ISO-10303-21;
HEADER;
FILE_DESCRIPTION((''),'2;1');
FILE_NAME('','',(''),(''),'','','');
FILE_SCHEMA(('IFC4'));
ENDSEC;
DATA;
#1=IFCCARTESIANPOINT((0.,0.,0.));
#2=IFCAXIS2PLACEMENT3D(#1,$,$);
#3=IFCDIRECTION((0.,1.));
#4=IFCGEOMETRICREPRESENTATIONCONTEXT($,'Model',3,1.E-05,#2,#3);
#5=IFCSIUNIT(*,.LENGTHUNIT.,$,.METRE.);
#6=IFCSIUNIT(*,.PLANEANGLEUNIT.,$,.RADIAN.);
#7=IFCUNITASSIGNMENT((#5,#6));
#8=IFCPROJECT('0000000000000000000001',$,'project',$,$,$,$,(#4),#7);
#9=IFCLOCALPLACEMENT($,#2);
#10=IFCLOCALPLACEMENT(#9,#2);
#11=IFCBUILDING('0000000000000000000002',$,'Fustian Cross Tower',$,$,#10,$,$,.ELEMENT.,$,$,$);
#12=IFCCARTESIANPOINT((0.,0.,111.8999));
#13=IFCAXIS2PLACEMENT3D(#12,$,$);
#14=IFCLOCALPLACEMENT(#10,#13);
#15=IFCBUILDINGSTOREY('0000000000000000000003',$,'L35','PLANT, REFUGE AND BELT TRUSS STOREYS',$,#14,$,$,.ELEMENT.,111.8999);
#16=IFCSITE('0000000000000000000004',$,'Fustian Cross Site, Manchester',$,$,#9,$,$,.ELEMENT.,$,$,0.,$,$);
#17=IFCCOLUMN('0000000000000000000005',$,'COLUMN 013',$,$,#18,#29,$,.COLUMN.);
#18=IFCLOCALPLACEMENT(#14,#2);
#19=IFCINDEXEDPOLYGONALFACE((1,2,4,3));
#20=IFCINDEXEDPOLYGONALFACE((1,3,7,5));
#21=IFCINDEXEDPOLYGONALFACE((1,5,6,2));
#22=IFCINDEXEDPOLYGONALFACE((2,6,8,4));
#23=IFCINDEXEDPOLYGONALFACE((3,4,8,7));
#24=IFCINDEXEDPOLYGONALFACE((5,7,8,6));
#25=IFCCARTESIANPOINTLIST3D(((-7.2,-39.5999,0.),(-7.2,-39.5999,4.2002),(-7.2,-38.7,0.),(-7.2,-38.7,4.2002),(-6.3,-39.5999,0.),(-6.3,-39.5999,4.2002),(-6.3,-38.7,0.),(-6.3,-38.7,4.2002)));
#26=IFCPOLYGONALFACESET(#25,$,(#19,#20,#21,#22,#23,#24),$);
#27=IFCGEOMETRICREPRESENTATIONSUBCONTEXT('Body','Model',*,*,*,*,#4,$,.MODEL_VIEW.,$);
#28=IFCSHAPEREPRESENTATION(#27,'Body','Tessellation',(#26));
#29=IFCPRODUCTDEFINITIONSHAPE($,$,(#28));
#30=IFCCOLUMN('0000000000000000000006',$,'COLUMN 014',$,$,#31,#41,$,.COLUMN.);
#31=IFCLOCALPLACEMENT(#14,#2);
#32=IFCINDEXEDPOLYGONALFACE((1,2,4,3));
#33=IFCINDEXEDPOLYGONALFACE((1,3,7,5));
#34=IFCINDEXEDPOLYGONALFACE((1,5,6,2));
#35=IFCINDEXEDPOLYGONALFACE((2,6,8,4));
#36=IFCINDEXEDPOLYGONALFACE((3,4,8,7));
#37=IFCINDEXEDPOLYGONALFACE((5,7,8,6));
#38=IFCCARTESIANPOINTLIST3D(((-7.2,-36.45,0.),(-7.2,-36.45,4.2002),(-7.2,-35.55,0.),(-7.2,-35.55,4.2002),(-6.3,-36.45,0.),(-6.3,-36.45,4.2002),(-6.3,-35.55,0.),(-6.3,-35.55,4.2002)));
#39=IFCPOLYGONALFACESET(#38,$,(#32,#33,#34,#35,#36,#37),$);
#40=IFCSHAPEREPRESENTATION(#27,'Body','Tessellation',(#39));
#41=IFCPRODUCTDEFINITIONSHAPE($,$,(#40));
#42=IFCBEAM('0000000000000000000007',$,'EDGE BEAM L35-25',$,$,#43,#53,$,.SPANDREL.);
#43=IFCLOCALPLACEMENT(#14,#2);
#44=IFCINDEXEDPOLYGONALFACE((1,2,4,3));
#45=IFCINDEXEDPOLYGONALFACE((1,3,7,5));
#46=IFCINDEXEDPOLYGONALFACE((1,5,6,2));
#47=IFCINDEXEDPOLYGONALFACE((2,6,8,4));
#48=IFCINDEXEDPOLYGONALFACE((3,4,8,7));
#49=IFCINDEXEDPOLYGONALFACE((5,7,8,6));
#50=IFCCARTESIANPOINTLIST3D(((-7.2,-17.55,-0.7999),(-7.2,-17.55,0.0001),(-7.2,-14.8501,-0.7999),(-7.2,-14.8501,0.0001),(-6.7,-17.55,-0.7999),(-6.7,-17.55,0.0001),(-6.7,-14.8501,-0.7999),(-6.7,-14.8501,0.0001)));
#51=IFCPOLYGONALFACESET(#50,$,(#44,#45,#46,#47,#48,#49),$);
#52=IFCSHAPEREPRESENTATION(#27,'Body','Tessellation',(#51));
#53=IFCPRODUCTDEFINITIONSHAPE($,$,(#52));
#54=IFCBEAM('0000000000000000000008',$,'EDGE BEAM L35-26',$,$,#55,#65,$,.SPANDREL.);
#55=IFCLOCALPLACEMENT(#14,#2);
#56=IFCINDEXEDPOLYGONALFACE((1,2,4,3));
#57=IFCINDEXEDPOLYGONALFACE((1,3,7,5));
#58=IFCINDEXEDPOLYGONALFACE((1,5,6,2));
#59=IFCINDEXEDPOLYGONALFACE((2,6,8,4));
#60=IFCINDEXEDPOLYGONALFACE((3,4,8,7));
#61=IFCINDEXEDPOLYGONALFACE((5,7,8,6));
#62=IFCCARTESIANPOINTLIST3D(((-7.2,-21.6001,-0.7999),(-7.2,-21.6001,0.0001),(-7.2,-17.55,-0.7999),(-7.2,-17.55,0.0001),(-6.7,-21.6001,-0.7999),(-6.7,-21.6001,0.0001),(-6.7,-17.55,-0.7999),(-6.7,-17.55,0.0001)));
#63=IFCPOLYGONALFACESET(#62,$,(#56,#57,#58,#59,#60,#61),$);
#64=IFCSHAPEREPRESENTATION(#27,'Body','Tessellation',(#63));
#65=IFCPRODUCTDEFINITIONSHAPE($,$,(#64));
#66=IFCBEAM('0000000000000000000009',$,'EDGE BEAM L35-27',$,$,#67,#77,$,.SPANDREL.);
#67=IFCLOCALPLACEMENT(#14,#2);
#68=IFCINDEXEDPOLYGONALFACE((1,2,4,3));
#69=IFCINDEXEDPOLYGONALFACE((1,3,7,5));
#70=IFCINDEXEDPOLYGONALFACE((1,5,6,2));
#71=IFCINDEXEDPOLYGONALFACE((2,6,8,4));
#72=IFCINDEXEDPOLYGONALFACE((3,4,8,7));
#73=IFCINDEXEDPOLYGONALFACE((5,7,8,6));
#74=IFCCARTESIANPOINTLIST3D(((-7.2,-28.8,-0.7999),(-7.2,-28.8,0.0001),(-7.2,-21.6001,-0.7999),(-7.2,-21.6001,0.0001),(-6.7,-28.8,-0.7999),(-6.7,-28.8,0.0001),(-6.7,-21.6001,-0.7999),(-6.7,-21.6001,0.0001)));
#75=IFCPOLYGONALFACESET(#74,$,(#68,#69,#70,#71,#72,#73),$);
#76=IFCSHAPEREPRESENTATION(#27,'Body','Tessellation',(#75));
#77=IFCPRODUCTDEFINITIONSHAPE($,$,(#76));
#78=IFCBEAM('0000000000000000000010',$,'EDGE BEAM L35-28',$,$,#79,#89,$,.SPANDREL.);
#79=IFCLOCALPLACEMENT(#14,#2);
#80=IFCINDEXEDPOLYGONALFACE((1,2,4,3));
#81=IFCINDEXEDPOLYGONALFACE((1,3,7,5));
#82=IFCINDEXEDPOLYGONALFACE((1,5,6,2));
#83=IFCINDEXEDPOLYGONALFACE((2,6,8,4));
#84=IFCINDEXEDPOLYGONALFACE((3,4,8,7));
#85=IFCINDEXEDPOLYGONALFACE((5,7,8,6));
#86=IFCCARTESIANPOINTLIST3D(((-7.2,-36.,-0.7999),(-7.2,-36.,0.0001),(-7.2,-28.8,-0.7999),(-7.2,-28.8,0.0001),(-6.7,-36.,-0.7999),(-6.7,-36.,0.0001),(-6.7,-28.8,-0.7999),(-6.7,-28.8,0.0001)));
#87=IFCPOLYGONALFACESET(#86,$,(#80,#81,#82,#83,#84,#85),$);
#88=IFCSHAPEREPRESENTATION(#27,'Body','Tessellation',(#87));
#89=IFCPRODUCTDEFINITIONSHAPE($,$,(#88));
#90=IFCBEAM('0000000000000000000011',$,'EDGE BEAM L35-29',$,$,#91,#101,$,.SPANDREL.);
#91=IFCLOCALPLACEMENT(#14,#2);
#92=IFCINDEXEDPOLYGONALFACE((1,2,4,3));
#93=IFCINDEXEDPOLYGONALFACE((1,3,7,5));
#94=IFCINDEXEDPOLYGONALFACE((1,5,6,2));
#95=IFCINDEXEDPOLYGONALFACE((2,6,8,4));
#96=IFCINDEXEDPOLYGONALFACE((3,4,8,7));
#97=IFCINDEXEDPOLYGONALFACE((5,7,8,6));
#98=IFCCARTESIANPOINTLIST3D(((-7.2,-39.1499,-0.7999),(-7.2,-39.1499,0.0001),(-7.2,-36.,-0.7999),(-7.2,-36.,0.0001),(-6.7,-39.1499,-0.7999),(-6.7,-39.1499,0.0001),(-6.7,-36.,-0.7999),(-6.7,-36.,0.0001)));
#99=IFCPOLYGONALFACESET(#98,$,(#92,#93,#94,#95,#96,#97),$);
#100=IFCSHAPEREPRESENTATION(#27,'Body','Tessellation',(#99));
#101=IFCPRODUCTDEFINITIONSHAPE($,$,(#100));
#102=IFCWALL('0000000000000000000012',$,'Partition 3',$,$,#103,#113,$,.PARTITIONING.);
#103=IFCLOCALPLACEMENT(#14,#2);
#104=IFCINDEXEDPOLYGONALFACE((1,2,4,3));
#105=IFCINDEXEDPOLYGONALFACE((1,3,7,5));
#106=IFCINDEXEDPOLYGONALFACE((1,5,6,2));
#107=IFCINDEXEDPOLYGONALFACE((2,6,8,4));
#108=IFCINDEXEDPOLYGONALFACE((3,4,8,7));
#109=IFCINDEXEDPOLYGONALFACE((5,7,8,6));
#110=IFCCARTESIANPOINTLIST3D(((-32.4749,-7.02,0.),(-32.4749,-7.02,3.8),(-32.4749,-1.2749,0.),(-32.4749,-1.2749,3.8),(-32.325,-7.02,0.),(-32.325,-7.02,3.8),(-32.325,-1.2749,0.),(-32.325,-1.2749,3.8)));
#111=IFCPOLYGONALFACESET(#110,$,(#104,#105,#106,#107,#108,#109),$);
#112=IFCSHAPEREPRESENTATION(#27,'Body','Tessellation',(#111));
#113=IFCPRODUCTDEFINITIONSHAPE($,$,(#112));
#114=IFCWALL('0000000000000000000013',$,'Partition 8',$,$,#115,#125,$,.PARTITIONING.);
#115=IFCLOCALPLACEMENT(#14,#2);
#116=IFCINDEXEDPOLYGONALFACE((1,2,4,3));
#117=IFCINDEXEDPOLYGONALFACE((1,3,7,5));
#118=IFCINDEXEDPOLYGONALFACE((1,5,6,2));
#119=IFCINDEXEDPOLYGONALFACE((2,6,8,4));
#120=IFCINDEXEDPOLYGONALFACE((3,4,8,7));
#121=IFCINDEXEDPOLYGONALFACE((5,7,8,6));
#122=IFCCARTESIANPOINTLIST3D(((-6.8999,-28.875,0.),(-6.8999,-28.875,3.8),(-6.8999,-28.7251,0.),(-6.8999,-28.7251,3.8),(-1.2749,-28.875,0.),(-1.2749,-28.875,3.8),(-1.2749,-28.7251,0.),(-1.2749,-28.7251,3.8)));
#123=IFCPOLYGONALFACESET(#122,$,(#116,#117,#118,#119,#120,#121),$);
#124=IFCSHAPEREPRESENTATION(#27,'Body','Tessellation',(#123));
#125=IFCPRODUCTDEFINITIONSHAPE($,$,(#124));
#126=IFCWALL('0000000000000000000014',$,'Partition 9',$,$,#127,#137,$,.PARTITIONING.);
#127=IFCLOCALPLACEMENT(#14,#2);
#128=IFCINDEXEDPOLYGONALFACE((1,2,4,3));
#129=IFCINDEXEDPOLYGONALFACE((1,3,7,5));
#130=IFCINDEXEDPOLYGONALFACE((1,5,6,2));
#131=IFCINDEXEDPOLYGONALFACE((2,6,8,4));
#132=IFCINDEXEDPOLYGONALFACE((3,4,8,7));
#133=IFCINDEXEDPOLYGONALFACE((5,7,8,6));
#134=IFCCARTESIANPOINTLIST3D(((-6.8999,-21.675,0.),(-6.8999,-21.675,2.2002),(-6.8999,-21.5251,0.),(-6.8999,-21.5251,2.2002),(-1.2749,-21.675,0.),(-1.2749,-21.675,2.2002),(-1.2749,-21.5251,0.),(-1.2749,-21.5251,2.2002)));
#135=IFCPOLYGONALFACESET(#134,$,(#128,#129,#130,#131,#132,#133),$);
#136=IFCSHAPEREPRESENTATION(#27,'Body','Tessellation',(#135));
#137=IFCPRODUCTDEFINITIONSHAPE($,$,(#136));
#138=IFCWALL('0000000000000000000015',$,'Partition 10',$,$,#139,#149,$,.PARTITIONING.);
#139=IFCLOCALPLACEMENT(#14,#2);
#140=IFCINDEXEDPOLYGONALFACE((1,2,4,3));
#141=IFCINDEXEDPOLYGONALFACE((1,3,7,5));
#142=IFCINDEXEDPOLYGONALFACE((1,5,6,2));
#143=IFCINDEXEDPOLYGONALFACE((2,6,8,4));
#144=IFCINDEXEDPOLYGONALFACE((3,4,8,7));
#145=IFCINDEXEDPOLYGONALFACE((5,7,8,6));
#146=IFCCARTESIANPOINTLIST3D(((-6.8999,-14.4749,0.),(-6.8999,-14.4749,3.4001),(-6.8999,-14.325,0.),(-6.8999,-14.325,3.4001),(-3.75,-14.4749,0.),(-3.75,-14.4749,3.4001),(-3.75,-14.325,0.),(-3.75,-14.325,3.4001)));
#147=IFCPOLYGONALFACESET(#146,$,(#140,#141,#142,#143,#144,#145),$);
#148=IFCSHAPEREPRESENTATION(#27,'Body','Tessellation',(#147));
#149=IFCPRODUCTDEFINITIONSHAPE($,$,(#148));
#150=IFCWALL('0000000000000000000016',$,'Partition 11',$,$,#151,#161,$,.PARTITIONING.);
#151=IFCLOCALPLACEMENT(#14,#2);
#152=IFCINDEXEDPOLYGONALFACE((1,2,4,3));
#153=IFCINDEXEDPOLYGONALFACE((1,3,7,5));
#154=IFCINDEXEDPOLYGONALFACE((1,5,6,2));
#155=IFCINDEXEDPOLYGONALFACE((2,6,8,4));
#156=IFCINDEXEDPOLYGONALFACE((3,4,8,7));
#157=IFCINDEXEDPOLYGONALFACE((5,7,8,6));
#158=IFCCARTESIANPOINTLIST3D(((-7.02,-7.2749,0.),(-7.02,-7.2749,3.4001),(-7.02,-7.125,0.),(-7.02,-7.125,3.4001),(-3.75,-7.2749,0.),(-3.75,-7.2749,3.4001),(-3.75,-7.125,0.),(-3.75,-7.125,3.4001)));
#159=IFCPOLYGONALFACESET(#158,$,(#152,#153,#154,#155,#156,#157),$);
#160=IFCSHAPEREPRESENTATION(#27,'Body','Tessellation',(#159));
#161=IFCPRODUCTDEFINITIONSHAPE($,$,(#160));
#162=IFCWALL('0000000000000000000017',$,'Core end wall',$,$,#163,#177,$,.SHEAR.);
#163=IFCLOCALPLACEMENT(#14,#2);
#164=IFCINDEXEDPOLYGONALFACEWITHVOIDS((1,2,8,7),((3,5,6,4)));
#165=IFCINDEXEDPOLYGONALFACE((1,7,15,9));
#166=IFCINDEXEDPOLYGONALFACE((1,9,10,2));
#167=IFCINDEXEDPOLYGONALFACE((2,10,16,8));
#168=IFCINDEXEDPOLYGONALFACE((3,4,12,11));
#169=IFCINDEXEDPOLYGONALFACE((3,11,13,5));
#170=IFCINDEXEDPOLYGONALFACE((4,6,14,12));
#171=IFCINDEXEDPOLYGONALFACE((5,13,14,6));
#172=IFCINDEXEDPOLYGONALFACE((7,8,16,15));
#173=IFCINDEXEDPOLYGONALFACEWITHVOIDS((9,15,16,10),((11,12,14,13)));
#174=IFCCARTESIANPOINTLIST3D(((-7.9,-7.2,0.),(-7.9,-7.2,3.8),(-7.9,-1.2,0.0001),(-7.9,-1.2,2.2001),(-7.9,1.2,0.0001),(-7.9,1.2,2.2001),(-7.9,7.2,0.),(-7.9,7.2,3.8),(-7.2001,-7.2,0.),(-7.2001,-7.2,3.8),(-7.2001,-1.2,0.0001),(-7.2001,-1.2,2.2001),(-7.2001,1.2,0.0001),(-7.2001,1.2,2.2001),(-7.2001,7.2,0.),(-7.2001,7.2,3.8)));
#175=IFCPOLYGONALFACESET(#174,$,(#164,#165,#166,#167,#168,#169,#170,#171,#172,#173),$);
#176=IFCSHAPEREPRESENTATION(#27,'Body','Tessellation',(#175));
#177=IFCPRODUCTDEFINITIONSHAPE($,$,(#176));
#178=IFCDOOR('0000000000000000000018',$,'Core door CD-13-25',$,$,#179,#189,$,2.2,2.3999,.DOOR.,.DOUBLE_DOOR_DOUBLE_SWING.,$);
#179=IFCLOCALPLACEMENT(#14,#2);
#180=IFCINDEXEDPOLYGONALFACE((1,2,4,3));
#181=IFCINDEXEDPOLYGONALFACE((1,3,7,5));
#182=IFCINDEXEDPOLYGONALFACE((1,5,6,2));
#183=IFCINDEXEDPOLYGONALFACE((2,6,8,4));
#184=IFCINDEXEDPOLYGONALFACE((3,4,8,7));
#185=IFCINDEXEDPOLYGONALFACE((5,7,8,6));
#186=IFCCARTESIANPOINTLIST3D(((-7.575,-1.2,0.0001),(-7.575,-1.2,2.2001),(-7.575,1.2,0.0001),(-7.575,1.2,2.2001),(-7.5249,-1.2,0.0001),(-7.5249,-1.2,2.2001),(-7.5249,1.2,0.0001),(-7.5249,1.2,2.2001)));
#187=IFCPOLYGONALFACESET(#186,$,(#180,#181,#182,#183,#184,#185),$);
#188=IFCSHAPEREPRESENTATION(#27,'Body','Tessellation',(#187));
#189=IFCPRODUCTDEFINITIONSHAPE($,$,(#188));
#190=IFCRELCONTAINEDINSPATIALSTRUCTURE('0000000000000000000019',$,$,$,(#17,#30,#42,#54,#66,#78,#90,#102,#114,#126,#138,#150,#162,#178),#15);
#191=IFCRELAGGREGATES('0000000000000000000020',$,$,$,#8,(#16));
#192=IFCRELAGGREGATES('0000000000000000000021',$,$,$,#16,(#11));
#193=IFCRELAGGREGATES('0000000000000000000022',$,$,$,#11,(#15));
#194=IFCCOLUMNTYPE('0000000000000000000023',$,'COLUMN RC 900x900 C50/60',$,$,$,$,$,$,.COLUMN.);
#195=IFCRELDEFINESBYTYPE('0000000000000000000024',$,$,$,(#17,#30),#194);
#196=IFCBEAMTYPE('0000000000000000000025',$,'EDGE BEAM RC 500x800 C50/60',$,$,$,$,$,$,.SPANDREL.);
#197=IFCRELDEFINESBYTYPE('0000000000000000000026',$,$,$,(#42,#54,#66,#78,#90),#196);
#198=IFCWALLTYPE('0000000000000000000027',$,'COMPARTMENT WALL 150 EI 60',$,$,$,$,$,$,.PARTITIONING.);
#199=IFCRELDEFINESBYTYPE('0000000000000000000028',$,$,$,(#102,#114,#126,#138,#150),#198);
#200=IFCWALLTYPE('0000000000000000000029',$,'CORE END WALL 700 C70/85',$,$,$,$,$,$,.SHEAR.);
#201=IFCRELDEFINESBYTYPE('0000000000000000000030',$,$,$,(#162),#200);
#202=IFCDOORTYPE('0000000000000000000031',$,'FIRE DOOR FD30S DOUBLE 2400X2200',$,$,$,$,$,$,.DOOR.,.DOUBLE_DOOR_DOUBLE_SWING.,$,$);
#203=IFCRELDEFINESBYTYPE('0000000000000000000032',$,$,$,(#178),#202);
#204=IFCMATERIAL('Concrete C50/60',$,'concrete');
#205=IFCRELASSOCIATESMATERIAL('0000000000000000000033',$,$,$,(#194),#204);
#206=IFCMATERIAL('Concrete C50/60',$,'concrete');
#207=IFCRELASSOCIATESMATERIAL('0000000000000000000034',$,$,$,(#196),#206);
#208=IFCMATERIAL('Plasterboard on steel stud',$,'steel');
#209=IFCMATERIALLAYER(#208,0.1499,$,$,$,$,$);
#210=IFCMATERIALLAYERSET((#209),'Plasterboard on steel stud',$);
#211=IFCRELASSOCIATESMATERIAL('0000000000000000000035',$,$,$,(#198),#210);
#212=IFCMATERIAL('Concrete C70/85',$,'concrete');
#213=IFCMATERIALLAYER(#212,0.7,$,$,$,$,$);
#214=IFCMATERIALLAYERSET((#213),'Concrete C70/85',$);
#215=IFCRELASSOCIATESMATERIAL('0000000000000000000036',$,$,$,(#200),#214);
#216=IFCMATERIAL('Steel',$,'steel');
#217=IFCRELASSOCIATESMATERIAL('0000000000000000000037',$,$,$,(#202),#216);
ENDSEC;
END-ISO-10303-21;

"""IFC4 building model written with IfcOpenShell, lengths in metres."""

from ifc_helpers import new_model, si_unit, direction, frame, frame_2d, origin, origin_2d, place, context, subcontext, project, spatial, rectangle, extrude, material, layer, layer_set, material_profile, profile_set, type_object, element, fill, save


model = new_model("IFC4")

# Units and contexts
model_context = context("Model", 3, precision=1e-05, world=origin(), true_north=direction((0.0, 1.0)))
body_context = subcontext(model_context, "Body", "Model", "MODEL_VIEW")
ifc_project = project(units=[si_unit("LENGTHUNIT", "METRE"), si_unit("PLANEANGLEUNIT", "RADIAN")], contexts=[model_context])

# Site, building, storey
site_placement = place(None, origin())
site = spatial("IfcSite", under=ifc_project, at=site_placement, Name="Fustian Cross Site, Manchester", CompositionType="ELEMENT", RefElevation=0.0)
building_placement = place(site_placement, origin())
building = spatial("IfcBuilding", under=site, at=building_placement, Name="Fustian Cross Tower", CompositionType="ELEMENT")
storey_placement = place(building_placement, frame((0.0, 0.0, 111.8999)))
storey = spatial("IfcBuildingStorey", under=building, at=storey_placement, Name="L35", Description="PLANT, REFUGE AND BELT TRUSS STOREYS", CompositionType="ELEMENT", Elevation=111.8999)

# Columns
ifc_material_1 = material(Name="Concrete C50/60", Category="concrete")
ifc_material_profile_1 = material_profile(ifc_material_1, rectangle(XDim=0.8999, YDim=0.8999, at=origin_2d()), Name="RC 900x900")
ifc_profile_set_1 = profile_set([ifc_material_profile_1], Name="Concrete C50/60")
column_type = type_object("IfcColumnType", Name="COLUMN RC 900x900 C50/60", PredefinedType="COLUMN", material=ifc_profile_set_1)
for number, where, z_axis, x_axis, name in (
    (1, (-6.75, -39.1499, 0.0), (0.0, 0.0, 1.0), (1.0, 0.0, 0.0), "COLUMN 013"),
    (2, (-6.75, -36.0, 0.0), (0.0, 0.0, 1.0), (1.0, 0.0, 0.0), "COLUMN 014"),
):
    element("IfcColumn", number, at=place(storey_placement, frame(where, z_axis=z_axis, x_axis=x_axis)), inside=storey, type_object=column_type, Name=name, PredefinedType="COLUMN", context=body_context, shape_type="SweptSolid", body=[
        extrude(rectangle(XDim=0.8999, YDim=0.8999, at=origin_2d()), origin(), (0.0, 0.0, 1.0), 4.2002),
    ])

# Beams
ifc_material_2 = material(Name="Concrete C50/60", Category="concrete")
ifc_material_profile_2 = material_profile(ifc_material_2, rectangle(XDim=0.5, YDim=0.8, at=origin_2d()), Name="RC 500x800")
ifc_profile_set_2 = profile_set([ifc_material_profile_2], Name="Concrete C50/60")
beam_type = type_object("IfcBeamType", Name="EDGE BEAM RC 500x800 C50/60", PredefinedType="SPANDREL", material=ifc_profile_set_2)
beam_1_placement = place(storey_placement, frame((-6.95, -14.8501, -0.3999), z_axis=(0.0, -1.0, 0.0), x_axis=(1.0, 0.0, 0.0)))
element("IfcBeam", 3, at=beam_1_placement, inside=storey, type_object=beam_type, Name="EDGE BEAM L35-25", PredefinedType="SPANDREL", context=body_context, shape_type="SweptSolid", body=[
    extrude(rectangle(XDim=0.5, YDim=0.8, at=origin_2d()), origin(), (0.0, 0.0, 1.0), 2.7),
])
beam_2_placement = place(storey_placement, frame((-6.95, -17.55, -0.3999), z_axis=(0.0, -1.0, 0.0), x_axis=(1.0, 0.0, 0.0)))
element("IfcBeam", 4, at=beam_2_placement, inside=storey, type_object=beam_type, Name="EDGE BEAM L35-26", PredefinedType="SPANDREL", context=body_context, shape_type="SweptSolid", body=[
    extrude(rectangle(XDim=0.5, YDim=0.8, at=origin_2d()), origin(), (0.0, 0.0, 1.0), 4.05),
])
for number, where, z_axis, x_axis, name in (
    (5, (-6.95, -21.6001, -0.3999), (0.0, -1.0, 0.0), (1.0, 0.0, 0.0), "EDGE BEAM L35-27"),
    (6, (-6.95, -28.8, -0.3999), (0.0, -1.0, 0.0), (1.0, 0.0, 0.0), "EDGE BEAM L35-28"),
):
    element("IfcBeam", number, at=place(storey_placement, frame(where, z_axis=z_axis, x_axis=x_axis)), inside=storey, type_object=beam_type, Name=name, PredefinedType="SPANDREL", context=body_context, shape_type="SweptSolid", body=[
        extrude(rectangle(XDim=0.5, YDim=0.8, at=origin_2d()), origin(), (0.0, 0.0, 1.0), 7.2),
    ])
beam_3_placement = place(storey_placement, frame((-6.95, -36.0, -0.3999), z_axis=(0.0, -1.0, 0.0), x_axis=(1.0, 0.0, 0.0)))
element("IfcBeam", 7, at=beam_3_placement, inside=storey, type_object=beam_type, Name="EDGE BEAM L35-29", PredefinedType="SPANDREL", context=body_context, shape_type="SweptSolid", body=[
    extrude(rectangle(XDim=0.5, YDim=0.8, at=origin_2d()), origin(), (0.0, 0.0, 1.0), 3.1499),
])

# Walls
ifc_material_3 = material(Name="Plasterboard on steel stud", Category="steel")
ifc_layer_1 = layer(ifc_material_3, 0.1499)
ifc_layer_set_1 = layer_set([ifc_layer_1], Name="Plasterboard on steel stud")
wall_type_1 = type_object("IfcWallType", Name="COMPARTMENT WALL 150 EI 60", PredefinedType="PARTITIONING", material=ifc_layer_set_1)
wall_1_placement = place(storey_placement, frame((-32.3999, -7.02, 0.0), z_axis=(0.0, 0.0, 1.0), x_axis=(0.0, 1.0, 0.0)))
element("IfcWall", 8, at=wall_1_placement, inside=storey, type_object=wall_type_1, Name="Partition 3", PredefinedType="PARTITIONING", context=body_context, shape_type="SweptSolid", body=[
    extrude(rectangle(XDim=5.7451, YDim=0.1499, at=frame_2d((2.8726, 0.0))), origin(), (0.0, 0.0, 1.0), 3.8),
])
wall_2_placement = place(storey_placement, frame((-6.8999, -28.8, 0.0), z_axis=(0.0, 0.0, 1.0), x_axis=(1.0, 0.0, 0.0)))
element("IfcWall", 9, at=wall_2_placement, inside=storey, type_object=wall_type_1, Name="Partition 8", PredefinedType="PARTITIONING", context=body_context, shape_type="SweptSolid", body=[
    extrude(rectangle(XDim=5.625, YDim=0.1499, at=frame_2d((2.8125, 0.0))), origin(), (0.0, 0.0, 1.0), 3.8),
])
wall_3_placement = place(storey_placement, frame((-6.8999, -21.6001, 0.0), z_axis=(0.0, 0.0, 1.0), x_axis=(1.0, 0.0, 0.0)))
element("IfcWall", 10, at=wall_3_placement, inside=storey, type_object=wall_type_1, Name="Partition 9", PredefinedType="PARTITIONING", context=body_context, shape_type="SweptSolid", body=[
    extrude(rectangle(XDim=5.625, YDim=0.1499, at=frame_2d((2.8125, 0.0))), origin(), (0.0, 0.0, 1.0), 2.2002),
])
wall_4_placement = place(storey_placement, frame((-6.8999, -14.3999, 0.0), z_axis=(0.0, 0.0, 1.0), x_axis=(1.0, 0.0, 0.0)))
element("IfcWall", 11, at=wall_4_placement, inside=storey, type_object=wall_type_1, Name="Partition 10", PredefinedType="PARTITIONING", context=body_context, shape_type="SweptSolid", body=[
    extrude(rectangle(XDim=3.1499, YDim=0.1499, at=frame_2d((1.575, 0.0))), origin(), (0.0, 0.0, 1.0), 3.4001),
])
wall_5_placement = place(storey_placement, frame((-7.02, -7.2, 0.0), z_axis=(0.0, 0.0, 1.0), x_axis=(1.0, 0.0, 0.0)))
element("IfcWall", 12, at=wall_5_placement, inside=storey, type_object=wall_type_1, Name="Partition 11", PredefinedType="PARTITIONING", context=body_context, shape_type="SweptSolid", body=[
    extrude(rectangle(XDim=3.27, YDim=0.1499, at=frame_2d((1.635, 0.0))), origin(), (0.0, 0.0, 1.0), 3.4001),
])

# Wall, opening, door
ifc_material_4 = material(Name="Concrete C70/85", Category="concrete")
ifc_layer_2 = layer(ifc_material_4, 0.7)
ifc_layer_set_2 = layer_set([ifc_layer_2], Name="Concrete C70/85")
wall_type_2 = type_object("IfcWallType", Name="CORE END WALL 700 C70/85", PredefinedType="SHEAR", material=ifc_layer_set_2)
wall_6_placement = place(storey_placement, frame((-7.55, -7.2, 0.0), z_axis=(0.0, 0.0, 1.0), x_axis=(0.0, 1.0, 0.0)))
wall_6 = element("IfcWall", 13, at=wall_6_placement, inside=storey, type_object=wall_type_2, Name="Core end wall", PredefinedType="SHEAR", context=body_context, shape_type="SweptSolid", body=[
    extrude(rectangle(XDim=14.3999, YDim=0.7, at=frame_2d((7.2, 0.0))), origin(), (0.0, 0.0, 1.0), 3.8),
])
opening_1_placement = place(wall_6_placement, frame((6.0, 0.0, 0.0)))
opening_1 = element("IfcOpeningElement", 14, at=opening_1_placement, cuts=wall_6, PredefinedType="OPENING", context=body_context, shape_type="SweptSolid", body=[
    extrude(rectangle(XDim=2.3999, YDim=2.2, at=frame_2d((1.2, 1.1001))), frame((0.0, 0.3599, 0.0), z_axis=(0.0, -1.0, 0.0), x_axis=(1.0, 0.0, 0.0)), (0.0, 0.0, 1.0), 0.72),
])
ifc_material_5 = material(Name="Steel", Category="steel")
door_type = type_object("IfcDoorType", Name="FIRE DOOR FD30S DOUBLE 2400X2200", OperationType="DOUBLE_DOOR_DOUBLE_SWING", PredefinedType="DOOR", material=ifc_material_5)
door_1_placement = place(opening_1_placement, origin())
door_1 = element("IfcDoor", 15, at=door_1_placement, inside=storey, type_object=door_type, Name="Core door CD-13-25", OperationType="DOUBLE_DOOR_DOUBLE_SWING", OverallHeight=2.2, OverallWidth=2.3999, PredefinedType="DOOR", context=body_context, shape_type="SweptSolid", body=[
    extrude(rectangle(XDim=2.3999, YDim=2.2, at=frame_2d((1.2, 1.1001))), frame((0.0, 0.0249, 0.0), z_axis=(0.0, -1.0, 0.0), x_axis=(1.0, 0.0, 0.0)), (0.0, 0.0, 1.0), 0.05),
])
fill(opening_1, door_1)

save(model, "model.ifc")
